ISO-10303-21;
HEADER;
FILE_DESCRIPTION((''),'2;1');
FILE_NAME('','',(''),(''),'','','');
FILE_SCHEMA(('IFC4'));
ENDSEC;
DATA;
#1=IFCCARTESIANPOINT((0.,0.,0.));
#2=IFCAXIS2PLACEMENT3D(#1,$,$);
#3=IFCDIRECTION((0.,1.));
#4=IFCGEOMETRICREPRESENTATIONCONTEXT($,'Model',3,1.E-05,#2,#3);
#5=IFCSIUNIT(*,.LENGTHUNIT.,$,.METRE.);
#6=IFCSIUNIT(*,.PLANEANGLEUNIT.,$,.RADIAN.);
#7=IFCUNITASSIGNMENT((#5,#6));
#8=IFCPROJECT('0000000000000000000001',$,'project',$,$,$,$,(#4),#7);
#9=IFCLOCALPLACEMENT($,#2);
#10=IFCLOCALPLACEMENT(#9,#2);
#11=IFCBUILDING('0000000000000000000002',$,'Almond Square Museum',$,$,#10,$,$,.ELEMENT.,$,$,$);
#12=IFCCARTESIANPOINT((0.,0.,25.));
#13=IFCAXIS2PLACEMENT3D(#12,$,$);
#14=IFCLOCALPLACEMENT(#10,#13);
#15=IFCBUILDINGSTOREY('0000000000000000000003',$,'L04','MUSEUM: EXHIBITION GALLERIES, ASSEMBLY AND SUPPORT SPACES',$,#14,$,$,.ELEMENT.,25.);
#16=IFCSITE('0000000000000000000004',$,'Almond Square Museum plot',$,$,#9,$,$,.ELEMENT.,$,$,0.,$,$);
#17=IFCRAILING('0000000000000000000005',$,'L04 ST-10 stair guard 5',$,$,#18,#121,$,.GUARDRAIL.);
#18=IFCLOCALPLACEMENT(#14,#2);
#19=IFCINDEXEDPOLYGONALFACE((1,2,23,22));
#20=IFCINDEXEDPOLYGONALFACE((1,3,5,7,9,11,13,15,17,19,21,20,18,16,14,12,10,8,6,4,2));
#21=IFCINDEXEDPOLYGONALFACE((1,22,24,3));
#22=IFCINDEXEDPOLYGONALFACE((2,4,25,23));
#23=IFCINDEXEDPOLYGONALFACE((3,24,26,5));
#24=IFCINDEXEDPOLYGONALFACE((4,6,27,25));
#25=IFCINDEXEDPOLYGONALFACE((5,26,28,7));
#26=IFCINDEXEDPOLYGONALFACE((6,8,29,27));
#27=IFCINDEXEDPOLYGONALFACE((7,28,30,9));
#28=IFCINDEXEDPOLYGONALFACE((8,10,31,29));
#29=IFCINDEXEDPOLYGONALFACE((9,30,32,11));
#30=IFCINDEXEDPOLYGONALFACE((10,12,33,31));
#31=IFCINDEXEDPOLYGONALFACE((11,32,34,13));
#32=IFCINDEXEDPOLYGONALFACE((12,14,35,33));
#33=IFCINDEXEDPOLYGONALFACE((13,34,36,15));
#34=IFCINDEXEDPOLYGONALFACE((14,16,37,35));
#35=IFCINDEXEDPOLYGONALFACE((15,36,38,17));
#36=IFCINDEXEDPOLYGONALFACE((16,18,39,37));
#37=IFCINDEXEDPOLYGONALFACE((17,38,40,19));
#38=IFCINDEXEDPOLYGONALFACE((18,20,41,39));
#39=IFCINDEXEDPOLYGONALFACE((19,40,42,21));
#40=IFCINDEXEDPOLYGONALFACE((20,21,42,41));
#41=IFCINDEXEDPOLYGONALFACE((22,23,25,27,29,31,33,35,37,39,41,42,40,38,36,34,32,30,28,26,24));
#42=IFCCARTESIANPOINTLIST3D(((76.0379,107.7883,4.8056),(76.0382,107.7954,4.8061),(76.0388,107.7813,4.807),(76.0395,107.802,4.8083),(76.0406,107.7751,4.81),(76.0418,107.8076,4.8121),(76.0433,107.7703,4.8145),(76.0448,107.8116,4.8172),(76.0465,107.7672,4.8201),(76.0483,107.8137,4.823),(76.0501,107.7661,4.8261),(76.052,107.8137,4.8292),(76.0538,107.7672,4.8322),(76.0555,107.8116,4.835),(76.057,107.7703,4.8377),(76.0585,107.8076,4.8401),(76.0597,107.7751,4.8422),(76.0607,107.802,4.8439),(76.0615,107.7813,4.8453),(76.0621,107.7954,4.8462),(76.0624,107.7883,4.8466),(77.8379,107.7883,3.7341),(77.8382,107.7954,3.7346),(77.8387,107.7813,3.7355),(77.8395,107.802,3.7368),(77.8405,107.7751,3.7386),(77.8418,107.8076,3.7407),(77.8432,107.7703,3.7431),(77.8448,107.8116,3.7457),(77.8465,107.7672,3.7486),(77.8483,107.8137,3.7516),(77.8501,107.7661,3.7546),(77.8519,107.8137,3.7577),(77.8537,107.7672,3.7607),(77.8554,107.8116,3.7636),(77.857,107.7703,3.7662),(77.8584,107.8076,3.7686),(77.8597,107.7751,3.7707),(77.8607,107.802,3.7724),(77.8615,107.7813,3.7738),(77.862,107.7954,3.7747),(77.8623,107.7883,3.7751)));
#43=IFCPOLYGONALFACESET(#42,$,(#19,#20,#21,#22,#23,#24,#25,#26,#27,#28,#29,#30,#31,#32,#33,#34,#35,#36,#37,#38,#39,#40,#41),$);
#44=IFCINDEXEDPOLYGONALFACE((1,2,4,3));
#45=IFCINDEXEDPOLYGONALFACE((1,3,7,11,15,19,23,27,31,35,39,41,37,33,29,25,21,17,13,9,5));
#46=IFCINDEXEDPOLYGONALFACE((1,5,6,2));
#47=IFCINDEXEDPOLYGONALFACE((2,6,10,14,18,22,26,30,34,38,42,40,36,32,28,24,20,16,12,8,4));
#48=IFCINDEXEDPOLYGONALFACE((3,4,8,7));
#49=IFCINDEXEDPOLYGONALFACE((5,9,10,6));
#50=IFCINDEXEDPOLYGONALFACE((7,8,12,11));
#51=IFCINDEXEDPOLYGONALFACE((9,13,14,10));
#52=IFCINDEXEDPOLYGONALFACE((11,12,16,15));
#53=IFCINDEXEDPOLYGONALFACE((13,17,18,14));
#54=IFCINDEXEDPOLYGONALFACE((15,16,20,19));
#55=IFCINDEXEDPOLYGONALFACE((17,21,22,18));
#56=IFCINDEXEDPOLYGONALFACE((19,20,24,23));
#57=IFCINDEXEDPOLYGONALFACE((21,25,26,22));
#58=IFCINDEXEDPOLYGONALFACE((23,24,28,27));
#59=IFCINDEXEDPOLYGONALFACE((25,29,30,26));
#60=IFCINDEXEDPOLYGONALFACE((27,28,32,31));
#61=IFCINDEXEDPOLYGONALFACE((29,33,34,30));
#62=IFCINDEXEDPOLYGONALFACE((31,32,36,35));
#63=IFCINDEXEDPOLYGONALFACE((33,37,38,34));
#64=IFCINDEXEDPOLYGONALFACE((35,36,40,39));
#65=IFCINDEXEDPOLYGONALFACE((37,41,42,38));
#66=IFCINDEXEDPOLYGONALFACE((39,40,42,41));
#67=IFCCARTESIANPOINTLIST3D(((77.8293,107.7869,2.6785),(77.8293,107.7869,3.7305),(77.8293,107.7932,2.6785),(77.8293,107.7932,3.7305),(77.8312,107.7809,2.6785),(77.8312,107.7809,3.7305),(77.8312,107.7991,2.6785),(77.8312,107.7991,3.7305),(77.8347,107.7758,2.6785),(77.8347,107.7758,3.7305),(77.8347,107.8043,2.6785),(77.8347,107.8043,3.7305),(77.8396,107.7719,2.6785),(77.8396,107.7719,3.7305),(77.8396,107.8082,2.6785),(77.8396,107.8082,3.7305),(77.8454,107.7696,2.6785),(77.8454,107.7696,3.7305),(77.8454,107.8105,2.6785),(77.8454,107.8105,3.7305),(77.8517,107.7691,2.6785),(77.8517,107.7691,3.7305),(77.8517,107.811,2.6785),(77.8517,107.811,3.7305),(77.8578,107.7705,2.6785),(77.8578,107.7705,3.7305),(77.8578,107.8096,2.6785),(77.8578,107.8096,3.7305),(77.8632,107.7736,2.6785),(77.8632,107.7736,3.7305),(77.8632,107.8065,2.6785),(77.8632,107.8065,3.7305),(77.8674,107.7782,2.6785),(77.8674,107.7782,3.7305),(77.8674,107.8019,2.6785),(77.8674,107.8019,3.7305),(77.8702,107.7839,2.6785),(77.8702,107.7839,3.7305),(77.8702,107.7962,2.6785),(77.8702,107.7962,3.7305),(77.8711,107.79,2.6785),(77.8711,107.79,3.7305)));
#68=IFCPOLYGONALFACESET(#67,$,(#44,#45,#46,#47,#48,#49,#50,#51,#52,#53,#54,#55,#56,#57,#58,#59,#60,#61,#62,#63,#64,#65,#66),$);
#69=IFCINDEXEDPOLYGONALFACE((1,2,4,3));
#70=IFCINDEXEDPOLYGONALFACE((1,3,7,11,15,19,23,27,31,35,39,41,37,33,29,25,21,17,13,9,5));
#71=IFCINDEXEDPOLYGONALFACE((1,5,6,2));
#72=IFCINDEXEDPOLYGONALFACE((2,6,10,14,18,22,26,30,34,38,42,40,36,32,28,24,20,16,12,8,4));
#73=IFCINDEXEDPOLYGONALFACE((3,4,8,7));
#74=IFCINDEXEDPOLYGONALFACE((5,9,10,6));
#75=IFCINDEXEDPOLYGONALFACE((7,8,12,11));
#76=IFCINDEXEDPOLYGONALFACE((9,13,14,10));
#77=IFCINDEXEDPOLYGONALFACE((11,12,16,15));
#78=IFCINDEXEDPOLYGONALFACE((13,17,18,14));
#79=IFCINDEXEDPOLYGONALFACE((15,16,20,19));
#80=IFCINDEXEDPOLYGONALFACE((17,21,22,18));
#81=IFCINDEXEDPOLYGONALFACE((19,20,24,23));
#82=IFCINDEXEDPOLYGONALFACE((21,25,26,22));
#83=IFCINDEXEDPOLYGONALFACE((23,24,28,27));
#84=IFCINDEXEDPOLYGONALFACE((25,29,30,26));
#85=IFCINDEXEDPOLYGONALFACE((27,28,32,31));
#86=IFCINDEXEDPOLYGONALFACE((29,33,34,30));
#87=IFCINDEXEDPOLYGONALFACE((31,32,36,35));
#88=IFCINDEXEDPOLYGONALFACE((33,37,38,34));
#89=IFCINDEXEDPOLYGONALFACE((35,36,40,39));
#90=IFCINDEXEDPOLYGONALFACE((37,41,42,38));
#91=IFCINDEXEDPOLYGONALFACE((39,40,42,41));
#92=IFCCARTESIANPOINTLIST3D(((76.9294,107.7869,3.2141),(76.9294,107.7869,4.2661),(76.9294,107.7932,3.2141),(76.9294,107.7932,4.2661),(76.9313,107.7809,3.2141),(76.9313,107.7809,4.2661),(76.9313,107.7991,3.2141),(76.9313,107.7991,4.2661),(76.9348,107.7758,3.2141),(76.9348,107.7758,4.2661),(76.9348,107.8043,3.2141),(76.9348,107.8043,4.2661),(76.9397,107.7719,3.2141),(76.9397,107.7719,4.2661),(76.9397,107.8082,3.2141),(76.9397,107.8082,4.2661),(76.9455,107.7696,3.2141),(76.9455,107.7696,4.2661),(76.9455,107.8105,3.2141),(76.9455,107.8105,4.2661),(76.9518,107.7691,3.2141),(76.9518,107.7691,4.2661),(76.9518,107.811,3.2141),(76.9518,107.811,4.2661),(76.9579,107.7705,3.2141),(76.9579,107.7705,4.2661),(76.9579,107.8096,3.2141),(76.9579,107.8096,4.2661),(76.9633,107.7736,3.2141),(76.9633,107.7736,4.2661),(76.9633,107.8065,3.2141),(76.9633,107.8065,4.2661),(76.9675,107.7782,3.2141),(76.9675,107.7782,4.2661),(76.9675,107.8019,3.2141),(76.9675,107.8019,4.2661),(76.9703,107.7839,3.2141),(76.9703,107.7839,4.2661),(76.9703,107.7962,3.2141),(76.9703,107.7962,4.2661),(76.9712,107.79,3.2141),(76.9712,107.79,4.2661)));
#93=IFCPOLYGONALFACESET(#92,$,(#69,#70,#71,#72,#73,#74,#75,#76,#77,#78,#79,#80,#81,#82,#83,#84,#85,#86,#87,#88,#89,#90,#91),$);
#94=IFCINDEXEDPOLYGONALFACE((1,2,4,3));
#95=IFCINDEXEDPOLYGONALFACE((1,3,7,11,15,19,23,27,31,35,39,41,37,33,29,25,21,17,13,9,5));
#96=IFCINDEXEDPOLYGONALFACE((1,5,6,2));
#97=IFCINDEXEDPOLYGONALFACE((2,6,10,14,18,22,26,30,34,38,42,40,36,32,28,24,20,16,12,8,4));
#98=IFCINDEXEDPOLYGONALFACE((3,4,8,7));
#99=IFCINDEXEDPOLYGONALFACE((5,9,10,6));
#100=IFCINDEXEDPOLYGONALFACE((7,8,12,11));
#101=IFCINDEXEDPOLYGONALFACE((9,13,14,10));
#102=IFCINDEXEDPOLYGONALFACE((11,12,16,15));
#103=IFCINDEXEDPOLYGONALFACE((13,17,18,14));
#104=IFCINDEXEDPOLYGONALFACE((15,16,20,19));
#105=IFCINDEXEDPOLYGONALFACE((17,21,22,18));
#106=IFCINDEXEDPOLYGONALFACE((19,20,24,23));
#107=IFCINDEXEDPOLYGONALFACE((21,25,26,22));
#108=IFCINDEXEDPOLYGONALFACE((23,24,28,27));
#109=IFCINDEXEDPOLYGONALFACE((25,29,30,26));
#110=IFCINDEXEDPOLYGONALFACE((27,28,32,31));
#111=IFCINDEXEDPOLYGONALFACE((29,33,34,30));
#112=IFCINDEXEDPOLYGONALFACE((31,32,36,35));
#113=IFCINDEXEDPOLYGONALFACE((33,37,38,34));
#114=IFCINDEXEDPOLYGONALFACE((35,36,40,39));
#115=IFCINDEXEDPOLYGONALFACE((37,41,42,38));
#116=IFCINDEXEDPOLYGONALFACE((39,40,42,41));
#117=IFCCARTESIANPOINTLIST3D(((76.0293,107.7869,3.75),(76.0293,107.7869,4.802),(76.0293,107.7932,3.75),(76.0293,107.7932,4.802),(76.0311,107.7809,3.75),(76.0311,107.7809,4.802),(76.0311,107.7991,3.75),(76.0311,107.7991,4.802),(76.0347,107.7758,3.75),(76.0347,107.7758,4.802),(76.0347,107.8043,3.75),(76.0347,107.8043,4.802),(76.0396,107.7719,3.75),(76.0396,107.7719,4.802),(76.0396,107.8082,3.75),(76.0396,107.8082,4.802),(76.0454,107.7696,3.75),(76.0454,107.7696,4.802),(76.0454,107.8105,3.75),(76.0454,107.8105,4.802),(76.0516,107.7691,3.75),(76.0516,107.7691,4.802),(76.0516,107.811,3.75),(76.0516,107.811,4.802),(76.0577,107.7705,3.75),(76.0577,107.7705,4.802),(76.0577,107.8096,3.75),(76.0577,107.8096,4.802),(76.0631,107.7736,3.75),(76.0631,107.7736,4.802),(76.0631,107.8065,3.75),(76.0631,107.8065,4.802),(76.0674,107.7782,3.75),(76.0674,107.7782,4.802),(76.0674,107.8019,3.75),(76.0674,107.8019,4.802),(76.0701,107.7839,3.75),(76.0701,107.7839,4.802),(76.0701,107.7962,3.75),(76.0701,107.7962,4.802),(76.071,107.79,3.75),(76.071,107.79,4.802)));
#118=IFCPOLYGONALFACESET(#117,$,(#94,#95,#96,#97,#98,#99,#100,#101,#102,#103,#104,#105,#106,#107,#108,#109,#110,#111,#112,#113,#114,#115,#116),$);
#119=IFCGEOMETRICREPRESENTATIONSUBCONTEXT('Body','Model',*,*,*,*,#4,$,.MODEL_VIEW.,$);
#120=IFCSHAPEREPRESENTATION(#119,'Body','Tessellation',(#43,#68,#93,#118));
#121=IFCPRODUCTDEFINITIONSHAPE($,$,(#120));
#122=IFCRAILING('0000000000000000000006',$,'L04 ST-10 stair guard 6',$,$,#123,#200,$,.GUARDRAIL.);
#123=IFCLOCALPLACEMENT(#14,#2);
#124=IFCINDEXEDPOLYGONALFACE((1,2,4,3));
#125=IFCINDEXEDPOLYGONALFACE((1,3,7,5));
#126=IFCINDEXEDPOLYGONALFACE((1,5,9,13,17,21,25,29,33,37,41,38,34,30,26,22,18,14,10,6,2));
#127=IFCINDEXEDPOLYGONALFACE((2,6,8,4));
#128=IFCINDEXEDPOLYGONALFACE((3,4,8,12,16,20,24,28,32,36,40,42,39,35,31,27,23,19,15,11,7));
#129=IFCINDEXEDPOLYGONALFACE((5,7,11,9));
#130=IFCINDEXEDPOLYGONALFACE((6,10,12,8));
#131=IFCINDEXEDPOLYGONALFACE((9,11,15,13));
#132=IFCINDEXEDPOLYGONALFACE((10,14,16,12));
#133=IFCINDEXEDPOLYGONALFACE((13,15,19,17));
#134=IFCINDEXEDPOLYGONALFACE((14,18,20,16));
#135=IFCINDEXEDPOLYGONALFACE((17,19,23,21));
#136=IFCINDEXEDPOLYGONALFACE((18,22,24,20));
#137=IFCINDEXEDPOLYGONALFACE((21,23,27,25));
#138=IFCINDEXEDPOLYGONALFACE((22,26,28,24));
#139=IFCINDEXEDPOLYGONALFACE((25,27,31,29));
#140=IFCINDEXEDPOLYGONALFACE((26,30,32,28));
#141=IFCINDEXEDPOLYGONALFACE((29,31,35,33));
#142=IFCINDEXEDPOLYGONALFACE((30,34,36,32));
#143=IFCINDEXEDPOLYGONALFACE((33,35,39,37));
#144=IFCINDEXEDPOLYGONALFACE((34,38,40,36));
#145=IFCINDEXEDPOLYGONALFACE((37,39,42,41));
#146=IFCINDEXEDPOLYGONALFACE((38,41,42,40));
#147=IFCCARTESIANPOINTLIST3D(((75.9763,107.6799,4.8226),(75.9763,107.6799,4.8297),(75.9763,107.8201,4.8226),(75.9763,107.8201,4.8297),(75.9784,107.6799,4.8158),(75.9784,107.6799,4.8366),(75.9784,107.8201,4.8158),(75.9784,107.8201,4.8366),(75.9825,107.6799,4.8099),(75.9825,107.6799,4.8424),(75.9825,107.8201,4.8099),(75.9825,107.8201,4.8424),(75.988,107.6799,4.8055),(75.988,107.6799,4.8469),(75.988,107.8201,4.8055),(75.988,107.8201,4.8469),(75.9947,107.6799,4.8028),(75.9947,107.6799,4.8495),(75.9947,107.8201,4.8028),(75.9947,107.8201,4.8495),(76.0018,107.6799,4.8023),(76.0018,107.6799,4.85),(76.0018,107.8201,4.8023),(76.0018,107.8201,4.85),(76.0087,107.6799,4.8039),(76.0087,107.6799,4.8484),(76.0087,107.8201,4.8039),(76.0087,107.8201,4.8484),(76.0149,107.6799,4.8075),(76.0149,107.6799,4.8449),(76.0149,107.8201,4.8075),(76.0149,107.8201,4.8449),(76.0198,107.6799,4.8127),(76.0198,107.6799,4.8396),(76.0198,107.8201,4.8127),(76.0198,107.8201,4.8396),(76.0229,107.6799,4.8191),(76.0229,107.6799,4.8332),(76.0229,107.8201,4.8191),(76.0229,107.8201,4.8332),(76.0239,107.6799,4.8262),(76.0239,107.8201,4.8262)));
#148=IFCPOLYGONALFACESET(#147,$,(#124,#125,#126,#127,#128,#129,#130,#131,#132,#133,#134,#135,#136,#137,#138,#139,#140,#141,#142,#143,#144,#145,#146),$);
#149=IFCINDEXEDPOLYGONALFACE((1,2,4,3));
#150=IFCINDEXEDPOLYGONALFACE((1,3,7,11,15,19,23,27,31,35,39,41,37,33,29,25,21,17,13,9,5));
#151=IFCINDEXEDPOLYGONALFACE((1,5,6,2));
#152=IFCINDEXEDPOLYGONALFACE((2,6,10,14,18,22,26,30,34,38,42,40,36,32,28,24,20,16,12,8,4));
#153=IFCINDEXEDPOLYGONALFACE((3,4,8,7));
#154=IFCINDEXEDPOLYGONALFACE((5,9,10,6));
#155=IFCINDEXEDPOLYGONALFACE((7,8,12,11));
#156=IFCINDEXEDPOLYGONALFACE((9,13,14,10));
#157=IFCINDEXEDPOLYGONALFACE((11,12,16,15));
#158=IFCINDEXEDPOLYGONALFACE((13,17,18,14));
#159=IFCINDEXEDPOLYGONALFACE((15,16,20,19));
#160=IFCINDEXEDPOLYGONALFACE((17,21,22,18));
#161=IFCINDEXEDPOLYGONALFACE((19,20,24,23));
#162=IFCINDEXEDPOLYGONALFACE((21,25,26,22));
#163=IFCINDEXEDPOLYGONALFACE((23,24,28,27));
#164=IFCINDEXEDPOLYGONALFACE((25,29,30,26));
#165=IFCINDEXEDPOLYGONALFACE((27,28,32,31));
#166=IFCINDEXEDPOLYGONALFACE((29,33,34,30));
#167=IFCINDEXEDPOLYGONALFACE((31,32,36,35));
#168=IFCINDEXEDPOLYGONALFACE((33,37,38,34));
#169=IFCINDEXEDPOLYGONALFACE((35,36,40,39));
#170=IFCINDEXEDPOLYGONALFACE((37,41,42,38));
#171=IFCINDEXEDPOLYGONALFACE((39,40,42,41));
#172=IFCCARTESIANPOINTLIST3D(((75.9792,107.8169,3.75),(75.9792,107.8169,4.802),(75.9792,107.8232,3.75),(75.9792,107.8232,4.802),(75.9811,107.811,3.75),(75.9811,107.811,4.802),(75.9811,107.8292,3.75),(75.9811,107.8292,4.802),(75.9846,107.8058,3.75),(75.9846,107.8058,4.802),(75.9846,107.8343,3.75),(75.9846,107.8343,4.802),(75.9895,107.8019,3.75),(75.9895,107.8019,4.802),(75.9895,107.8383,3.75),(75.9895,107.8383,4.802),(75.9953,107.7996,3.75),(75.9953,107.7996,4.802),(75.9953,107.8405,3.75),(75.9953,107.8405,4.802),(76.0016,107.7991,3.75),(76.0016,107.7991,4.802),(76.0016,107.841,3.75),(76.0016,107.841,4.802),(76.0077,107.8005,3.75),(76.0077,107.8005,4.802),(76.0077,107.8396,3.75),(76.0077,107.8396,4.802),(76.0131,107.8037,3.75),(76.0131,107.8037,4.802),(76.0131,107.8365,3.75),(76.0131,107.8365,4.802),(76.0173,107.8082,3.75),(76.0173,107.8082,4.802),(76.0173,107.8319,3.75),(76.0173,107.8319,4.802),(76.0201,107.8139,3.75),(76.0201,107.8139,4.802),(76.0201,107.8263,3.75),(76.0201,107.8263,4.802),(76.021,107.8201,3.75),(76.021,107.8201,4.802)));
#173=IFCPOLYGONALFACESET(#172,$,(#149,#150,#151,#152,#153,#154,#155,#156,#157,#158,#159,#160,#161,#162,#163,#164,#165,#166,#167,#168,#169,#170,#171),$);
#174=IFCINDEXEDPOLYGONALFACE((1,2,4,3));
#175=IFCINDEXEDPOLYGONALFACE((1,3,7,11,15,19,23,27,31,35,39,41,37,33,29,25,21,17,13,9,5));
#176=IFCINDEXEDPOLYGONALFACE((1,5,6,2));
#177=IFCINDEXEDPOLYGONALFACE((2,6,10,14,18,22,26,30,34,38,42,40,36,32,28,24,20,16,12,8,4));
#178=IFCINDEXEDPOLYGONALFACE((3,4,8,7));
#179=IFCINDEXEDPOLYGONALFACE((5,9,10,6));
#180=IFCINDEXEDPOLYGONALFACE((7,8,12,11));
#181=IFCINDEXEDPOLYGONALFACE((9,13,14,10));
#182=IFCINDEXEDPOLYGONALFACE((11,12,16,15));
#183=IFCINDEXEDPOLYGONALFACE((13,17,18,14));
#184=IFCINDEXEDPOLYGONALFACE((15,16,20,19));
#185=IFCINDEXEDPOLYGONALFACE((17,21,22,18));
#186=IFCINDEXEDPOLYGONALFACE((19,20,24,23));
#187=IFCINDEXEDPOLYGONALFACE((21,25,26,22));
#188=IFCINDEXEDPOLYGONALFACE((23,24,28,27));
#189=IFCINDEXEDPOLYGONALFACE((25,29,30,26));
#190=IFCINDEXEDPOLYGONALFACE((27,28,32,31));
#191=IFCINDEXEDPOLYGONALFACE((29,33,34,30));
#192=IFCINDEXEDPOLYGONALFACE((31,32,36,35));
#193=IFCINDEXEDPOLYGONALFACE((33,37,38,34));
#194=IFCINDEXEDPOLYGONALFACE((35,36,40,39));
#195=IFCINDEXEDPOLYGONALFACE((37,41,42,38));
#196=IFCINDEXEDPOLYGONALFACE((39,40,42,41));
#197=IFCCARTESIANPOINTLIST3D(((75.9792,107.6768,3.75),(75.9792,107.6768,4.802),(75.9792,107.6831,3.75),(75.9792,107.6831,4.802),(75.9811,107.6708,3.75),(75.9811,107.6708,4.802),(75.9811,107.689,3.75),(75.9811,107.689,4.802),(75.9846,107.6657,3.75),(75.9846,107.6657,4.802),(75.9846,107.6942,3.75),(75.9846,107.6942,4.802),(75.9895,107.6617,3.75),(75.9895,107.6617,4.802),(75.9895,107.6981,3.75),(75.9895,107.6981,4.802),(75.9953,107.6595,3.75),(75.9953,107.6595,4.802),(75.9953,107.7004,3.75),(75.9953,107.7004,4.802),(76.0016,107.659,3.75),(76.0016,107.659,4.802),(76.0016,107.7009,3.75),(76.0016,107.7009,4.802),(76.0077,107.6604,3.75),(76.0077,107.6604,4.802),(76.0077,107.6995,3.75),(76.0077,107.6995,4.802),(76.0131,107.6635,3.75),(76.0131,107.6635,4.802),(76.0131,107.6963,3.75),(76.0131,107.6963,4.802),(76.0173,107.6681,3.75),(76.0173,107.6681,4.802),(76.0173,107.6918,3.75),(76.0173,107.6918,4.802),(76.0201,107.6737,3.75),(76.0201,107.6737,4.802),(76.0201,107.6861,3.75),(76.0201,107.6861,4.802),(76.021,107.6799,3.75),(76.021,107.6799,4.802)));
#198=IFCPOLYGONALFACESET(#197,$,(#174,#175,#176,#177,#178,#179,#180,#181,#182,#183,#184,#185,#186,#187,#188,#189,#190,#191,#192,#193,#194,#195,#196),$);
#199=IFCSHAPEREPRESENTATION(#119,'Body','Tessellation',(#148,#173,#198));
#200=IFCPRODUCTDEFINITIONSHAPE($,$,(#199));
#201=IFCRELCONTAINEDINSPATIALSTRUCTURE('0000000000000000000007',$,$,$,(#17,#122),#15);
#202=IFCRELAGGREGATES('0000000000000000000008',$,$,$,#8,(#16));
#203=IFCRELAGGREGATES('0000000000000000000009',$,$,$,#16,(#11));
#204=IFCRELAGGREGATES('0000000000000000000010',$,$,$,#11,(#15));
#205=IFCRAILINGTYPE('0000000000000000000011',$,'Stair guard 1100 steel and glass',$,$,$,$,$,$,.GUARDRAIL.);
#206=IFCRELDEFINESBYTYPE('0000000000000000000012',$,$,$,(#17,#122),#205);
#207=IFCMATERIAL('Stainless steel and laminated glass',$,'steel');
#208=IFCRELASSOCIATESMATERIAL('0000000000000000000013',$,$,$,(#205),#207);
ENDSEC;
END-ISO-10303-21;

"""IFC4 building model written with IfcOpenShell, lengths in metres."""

from ifc_helpers import new_model, si_unit, direction, frame, origin, origin_2d, place, context, subcontext, project, spatial, circle, extrude, material, type_object, element, save


model = new_model("IFC4")

# Units and contexts
model_context = context("Model", 3, precision=1e-05, world=origin(), true_north=direction((0.0, 1.0)))
body_context = subcontext(model_context, "Body", "Model", "MODEL_VIEW")
ifc_project = project(units=[si_unit("LENGTHUNIT", "METRE"), si_unit("PLANEANGLEUNIT", "RADIAN")], contexts=[model_context])

# Site, building, storey
site_placement = place(None, origin())
site = spatial("IfcSite", under=ifc_project, at=site_placement, Name="Almond Square Museum plot", CompositionType="ELEMENT", RefElevation=0.0)
building_placement = place(site_placement, origin())
building = spatial("IfcBuilding", under=site, at=building_placement, Name="Almond Square Museum", CompositionType="ELEMENT")
storey_placement = place(building_placement, frame((0.0, 0.0, 25.0)))
storey = spatial("IfcBuildingStorey", under=building, at=storey_placement, Name="L04", Description="MUSEUM: EXHIBITION GALLERIES, ASSEMBLY AND SUPPORT SPACES", CompositionType="ELEMENT", Elevation=25.0)

# Railings
ifc_material_1 = material(Name="Stainless steel and laminated glass", Category="steel")
railing_type_1 = type_object("IfcRailingType", Name="Stair guard 1100 steel and glass", PredefinedType="GUARDRAIL", material=ifc_material_1)
railing_1_placement = place(storey_placement, frame((77.8501, 107.79, 2.6785)))
element("IfcRailing", 1, at=railing_1_placement, inside=storey, type_object=railing_type_1, Name="L04 ST-10 stair guard 5", PredefinedType="GUARDRAIL", context=body_context, shape_type="SweptSolid", body=[
    extrude(circle(Radius=0.0239, at=origin_2d()), frame((0.0, 0.0, 1.0762), z_axis=(-0.859277, 0.0, 0.51151), x_axis=(0.0, -1.0, 0.0)), (0.0, 0.0, 1.0), 2.0947),
    extrude(circle(Radius=0.021, at=origin_2d()), origin(), (0.0, 0.0, 1.0), 1.052),
    extrude(circle(Radius=0.021, at=origin_2d()), frame((-0.8999, 0.0, 0.5356)), (0.0, 0.0, 1.0), 1.052),
    extrude(circle(Radius=0.021, at=origin_2d()), frame((-1.8, 0.0, 1.0715)), (0.0, 0.0, 1.0), 1.052),
])
railing_2_placement = place(storey_placement, frame((76.0, 107.8201, 3.75)))
element("IfcRailing", 2, at=railing_2_placement, inside=storey, type_object=railing_type_1, Name="L04 ST-10 stair guard 6", PredefinedType="GUARDRAIL", context=body_context, shape_type="SweptSolid", body=[
    extrude(circle(Radius=0.0239, at=origin_2d()), frame((0.0, 0.0, 1.0762), z_axis=(0.0, -1.0, 0.0), x_axis=(1.0, 0.0, 0.0)), (0.0, 0.0, 1.0), 0.1401),
    extrude(circle(Radius=0.021, at=origin_2d()), origin(), (0.0, 0.0, 1.0), 1.052),
    extrude(circle(Radius=0.021, at=origin_2d()), frame((0.0, -0.1401, 0.0)), (0.0, 0.0, 1.0), 1.052),
])

save(model, "model.ifc")
